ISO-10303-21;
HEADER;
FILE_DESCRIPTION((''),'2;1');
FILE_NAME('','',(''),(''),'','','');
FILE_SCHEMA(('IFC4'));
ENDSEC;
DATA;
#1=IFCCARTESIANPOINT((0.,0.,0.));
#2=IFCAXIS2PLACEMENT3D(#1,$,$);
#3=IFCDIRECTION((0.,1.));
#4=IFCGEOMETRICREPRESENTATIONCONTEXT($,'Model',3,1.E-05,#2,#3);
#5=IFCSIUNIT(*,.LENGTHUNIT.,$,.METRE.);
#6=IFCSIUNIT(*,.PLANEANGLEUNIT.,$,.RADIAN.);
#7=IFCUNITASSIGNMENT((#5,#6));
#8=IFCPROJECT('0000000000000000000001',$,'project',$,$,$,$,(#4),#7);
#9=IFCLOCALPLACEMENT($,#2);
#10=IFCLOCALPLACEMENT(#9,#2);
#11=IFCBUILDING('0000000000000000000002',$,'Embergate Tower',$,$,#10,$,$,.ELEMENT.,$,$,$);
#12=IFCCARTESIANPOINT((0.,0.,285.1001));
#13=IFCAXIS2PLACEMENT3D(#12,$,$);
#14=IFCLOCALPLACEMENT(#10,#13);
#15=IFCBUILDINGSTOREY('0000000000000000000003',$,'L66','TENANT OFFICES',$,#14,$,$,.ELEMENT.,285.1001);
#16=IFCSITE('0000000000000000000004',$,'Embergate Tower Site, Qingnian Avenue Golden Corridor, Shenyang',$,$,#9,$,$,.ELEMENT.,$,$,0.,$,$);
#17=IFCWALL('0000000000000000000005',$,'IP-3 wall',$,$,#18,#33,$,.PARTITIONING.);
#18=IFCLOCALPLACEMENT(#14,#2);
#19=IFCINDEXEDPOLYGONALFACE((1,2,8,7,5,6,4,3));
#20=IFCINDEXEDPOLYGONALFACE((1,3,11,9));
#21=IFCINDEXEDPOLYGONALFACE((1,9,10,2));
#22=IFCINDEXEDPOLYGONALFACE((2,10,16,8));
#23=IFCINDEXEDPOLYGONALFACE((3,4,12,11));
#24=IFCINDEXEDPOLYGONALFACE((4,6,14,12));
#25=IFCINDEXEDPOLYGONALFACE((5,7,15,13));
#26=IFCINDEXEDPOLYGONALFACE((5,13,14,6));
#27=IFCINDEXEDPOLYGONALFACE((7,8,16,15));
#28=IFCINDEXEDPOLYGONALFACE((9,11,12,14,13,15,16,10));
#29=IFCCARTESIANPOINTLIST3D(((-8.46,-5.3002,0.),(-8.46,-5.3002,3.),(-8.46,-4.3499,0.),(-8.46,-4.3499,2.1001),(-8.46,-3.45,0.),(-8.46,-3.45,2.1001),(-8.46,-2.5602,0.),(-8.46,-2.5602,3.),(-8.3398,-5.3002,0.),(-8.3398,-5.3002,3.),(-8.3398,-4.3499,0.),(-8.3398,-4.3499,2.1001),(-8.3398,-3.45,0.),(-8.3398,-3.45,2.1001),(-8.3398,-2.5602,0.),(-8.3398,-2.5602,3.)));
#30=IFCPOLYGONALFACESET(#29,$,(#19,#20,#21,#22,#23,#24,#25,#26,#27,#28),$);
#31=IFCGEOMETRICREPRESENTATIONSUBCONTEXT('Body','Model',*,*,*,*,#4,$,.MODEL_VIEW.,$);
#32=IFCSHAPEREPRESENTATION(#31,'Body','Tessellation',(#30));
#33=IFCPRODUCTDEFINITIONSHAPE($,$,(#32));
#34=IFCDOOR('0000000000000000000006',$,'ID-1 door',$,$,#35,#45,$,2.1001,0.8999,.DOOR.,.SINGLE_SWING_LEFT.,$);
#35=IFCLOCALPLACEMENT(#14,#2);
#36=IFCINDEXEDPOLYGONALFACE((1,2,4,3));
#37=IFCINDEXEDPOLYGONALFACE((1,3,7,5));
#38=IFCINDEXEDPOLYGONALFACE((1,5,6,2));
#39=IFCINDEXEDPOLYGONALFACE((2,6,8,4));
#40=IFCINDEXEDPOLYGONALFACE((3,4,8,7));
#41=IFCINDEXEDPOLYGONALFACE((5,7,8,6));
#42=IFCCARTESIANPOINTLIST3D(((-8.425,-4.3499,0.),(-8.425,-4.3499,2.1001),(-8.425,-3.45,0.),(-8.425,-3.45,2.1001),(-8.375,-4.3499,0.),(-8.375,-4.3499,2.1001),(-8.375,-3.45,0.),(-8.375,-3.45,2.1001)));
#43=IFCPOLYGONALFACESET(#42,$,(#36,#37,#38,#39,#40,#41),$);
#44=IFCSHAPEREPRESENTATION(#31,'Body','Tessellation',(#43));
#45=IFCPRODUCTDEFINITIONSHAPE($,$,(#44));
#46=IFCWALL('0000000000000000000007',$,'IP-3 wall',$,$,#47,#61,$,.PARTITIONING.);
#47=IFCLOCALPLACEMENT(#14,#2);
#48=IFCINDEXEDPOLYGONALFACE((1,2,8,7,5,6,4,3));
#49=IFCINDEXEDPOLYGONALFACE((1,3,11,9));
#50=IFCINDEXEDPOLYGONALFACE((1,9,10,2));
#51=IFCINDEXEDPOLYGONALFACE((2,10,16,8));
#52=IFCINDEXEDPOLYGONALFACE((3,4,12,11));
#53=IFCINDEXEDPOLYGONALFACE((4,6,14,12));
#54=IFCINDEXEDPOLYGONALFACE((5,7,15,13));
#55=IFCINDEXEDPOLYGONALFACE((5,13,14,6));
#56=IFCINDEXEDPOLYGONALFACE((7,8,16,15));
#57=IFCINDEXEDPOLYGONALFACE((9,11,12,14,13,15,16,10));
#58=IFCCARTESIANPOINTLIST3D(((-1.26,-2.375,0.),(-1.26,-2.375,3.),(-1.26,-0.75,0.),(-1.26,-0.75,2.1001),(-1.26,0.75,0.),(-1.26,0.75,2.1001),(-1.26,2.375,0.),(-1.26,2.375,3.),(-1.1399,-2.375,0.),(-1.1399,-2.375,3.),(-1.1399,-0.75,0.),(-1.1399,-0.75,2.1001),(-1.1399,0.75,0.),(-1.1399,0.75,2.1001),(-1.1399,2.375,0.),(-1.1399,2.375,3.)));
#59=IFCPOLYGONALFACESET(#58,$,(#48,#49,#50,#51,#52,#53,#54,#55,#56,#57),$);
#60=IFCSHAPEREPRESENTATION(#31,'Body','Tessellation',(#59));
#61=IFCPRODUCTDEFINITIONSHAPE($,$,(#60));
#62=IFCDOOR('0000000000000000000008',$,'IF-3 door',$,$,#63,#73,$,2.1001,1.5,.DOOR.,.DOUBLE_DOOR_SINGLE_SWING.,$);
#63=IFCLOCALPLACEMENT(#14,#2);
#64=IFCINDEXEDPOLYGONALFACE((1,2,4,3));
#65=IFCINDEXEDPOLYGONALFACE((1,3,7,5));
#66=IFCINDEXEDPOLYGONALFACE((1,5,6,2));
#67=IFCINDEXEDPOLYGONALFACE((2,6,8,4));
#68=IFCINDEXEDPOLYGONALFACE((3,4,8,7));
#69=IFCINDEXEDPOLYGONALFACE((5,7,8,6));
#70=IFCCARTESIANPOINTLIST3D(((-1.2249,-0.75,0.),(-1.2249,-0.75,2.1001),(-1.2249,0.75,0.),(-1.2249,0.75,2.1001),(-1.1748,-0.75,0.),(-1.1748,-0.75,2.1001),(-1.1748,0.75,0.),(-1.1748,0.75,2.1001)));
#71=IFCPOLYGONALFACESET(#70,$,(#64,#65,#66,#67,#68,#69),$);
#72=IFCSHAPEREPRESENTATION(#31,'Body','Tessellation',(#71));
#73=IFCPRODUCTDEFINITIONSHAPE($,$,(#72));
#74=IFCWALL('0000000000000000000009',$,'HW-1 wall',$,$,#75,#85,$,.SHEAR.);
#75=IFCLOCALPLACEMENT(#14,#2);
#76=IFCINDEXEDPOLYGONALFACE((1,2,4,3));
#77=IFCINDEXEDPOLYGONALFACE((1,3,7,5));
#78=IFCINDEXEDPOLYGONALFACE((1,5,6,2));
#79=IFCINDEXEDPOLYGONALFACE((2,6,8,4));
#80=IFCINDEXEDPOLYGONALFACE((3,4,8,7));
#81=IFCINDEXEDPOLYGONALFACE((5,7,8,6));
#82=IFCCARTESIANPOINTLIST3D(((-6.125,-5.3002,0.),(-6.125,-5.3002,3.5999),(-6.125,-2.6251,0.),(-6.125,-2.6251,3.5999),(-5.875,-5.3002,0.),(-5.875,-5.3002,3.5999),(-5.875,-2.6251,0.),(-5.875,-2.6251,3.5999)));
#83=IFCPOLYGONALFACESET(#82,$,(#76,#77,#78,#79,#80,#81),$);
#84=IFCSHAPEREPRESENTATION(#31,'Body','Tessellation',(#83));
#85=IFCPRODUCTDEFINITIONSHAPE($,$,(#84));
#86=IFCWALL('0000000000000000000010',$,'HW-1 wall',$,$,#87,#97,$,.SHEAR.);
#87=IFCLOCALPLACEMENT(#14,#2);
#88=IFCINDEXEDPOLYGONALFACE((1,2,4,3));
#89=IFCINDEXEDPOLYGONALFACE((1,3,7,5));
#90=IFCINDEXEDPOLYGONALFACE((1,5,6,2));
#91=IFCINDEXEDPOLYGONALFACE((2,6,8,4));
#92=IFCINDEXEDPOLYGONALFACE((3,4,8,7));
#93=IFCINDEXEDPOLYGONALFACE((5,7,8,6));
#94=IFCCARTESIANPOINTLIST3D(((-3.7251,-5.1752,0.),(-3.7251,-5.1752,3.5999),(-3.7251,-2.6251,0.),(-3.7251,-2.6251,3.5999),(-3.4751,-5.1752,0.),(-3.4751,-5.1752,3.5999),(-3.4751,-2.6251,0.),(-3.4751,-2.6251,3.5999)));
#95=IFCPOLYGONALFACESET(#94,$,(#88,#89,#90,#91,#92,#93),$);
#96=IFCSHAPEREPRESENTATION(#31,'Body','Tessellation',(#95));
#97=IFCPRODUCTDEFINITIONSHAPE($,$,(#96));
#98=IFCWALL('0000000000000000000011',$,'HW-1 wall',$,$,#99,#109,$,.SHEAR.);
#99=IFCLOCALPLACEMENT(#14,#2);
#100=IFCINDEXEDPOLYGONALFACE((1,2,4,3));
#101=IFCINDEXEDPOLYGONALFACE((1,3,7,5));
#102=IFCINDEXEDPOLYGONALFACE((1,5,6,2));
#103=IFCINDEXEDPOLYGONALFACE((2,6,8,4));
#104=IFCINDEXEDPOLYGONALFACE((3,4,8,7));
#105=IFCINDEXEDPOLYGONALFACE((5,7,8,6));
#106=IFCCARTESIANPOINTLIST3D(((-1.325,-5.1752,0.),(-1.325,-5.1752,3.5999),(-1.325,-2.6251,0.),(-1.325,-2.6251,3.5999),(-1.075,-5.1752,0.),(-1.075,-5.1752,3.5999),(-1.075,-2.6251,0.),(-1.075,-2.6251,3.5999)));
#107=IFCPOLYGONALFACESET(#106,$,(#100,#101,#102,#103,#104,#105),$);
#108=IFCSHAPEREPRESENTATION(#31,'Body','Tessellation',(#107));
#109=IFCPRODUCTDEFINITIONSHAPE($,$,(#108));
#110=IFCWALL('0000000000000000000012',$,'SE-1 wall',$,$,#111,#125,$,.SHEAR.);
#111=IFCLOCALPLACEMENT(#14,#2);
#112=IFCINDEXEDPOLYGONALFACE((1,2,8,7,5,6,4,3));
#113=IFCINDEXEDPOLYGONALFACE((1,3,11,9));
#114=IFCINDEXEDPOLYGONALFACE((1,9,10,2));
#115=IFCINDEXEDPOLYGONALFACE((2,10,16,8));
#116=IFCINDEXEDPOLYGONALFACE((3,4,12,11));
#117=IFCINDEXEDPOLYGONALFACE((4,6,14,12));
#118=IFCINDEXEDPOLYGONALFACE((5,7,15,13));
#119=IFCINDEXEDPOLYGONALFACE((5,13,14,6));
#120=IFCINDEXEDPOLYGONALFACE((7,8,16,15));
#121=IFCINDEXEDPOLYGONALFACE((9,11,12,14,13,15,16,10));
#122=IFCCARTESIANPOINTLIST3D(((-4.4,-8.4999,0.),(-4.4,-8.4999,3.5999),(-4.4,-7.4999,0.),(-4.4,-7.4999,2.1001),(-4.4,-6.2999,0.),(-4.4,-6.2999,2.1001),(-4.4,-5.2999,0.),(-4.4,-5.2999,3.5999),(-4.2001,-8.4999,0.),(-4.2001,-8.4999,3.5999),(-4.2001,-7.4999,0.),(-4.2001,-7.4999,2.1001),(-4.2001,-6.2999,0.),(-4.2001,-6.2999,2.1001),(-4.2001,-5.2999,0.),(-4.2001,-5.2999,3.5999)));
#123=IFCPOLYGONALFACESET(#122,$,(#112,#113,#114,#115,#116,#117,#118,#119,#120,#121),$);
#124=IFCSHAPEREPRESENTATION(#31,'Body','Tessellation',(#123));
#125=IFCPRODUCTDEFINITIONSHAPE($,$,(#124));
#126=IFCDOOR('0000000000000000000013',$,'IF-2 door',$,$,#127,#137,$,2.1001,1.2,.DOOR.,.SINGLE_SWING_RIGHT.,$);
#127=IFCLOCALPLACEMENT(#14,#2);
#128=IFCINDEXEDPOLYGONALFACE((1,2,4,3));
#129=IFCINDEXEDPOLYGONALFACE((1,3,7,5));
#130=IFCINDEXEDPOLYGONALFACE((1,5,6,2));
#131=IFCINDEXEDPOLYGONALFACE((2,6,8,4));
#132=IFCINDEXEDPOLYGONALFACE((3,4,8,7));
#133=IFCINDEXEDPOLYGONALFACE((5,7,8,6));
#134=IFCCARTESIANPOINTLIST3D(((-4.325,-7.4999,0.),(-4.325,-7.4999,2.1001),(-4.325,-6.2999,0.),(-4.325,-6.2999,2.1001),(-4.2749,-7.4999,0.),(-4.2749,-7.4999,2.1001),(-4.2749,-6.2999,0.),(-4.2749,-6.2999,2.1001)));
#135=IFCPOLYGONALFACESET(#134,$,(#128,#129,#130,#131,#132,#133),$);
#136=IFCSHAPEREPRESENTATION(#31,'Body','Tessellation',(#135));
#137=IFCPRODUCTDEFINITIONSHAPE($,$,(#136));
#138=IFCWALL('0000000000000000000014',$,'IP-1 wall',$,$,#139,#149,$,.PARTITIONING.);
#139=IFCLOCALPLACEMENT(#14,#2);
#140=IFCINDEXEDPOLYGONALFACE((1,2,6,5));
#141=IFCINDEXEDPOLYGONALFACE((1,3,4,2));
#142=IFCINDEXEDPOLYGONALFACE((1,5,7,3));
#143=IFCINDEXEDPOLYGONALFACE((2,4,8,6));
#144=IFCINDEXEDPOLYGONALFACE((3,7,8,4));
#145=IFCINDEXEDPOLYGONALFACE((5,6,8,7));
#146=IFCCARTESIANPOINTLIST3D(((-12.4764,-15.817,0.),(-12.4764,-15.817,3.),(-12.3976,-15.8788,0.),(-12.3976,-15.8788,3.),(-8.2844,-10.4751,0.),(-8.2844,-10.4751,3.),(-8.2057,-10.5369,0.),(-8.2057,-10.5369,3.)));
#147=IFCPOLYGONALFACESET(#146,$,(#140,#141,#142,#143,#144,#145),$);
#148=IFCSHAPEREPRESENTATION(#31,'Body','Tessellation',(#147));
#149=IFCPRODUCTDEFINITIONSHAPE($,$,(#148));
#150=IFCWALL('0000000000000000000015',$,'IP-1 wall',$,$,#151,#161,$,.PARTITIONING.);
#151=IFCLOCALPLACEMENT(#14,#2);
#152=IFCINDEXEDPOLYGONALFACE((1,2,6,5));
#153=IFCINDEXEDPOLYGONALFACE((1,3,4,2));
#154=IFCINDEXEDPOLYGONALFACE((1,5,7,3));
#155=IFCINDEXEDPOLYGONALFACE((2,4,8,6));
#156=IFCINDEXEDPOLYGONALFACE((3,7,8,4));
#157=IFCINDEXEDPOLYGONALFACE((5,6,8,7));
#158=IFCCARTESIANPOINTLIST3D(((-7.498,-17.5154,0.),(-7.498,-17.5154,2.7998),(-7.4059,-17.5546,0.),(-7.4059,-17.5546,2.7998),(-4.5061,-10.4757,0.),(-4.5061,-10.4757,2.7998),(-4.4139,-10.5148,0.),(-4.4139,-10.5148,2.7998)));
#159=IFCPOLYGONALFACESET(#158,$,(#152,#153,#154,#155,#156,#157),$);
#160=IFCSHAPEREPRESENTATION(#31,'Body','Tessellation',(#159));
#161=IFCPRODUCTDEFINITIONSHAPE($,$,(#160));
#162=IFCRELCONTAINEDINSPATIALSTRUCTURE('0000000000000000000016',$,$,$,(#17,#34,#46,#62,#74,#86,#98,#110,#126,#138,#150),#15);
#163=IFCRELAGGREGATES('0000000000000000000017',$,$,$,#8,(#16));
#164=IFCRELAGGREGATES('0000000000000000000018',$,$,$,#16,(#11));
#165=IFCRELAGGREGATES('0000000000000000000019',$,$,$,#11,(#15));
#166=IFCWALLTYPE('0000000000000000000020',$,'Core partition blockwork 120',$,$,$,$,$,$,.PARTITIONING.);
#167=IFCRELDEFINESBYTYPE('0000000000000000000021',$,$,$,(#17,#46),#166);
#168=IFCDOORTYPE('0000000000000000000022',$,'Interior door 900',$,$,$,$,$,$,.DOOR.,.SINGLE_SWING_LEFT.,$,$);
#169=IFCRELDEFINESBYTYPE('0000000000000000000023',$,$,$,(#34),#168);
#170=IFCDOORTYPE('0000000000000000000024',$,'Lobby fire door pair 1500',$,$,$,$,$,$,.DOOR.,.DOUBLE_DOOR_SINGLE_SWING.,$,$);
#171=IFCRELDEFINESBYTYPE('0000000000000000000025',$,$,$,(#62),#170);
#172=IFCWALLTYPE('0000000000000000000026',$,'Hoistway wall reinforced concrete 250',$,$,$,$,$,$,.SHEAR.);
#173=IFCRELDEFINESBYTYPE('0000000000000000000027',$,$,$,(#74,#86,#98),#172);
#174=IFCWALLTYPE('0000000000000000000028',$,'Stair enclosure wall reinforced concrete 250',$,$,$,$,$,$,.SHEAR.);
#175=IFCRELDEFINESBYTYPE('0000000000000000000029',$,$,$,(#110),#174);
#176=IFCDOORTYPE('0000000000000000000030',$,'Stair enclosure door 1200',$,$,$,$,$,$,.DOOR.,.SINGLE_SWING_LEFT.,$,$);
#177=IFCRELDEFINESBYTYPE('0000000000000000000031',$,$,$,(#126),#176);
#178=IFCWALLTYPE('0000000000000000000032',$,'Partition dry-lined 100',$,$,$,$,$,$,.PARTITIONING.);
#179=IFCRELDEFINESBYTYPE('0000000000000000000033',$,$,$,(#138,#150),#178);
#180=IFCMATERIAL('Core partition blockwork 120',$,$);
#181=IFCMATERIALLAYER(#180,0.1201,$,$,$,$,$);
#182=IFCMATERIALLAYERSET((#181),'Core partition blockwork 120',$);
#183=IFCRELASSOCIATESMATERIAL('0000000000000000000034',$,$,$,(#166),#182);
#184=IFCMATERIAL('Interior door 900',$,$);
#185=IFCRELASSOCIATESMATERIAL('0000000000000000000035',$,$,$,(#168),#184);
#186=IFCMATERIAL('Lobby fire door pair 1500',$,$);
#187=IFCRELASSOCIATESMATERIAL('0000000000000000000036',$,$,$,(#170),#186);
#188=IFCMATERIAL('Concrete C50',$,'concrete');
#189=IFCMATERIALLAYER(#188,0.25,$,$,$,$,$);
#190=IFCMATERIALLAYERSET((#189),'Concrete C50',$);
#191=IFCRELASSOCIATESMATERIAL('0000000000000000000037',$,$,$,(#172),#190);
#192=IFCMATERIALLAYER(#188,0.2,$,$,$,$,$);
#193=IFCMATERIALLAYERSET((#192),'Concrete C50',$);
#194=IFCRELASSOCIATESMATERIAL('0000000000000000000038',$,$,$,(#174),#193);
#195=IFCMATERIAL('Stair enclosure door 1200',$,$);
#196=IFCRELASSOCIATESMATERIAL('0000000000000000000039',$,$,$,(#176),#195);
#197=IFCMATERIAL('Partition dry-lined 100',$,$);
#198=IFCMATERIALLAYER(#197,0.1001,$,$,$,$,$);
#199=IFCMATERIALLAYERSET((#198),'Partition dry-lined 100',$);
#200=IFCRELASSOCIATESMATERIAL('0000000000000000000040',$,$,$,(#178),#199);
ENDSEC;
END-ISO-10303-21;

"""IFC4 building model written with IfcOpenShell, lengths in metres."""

from ifc_helpers import new_model, si_unit, direction, frame, frame_2d, origin, place, context, subcontext, project, spatial, rectangle, extrude, source, transform, mapped, material, layer, layer_set, type_object, element, fill, save


model = new_model("IFC4")

# Units and contexts
model_context = context("Model", 3, precision=1e-05, world=origin(), true_north=direction((0.0, 1.0)))
body_context = subcontext(model_context, "Body", "Model", "MODEL_VIEW")
ifc_project = project(units=[si_unit("LENGTHUNIT", "METRE"), si_unit("PLANEANGLEUNIT", "RADIAN")], contexts=[model_context])

# Site, building, storey
site_placement = place(None, origin())
site = spatial("IfcSite", under=ifc_project, at=site_placement, Name="Embergate Tower Site, Qingnian Avenue Golden Corridor, Shenyang", CompositionType="ELEMENT", RefElevation=0.0)
building_placement = place(site_placement, origin())
building = spatial("IfcBuilding", under=site, at=building_placement, Name="Embergate Tower", CompositionType="ELEMENT")
storey_placement = place(building_placement, frame((0.0, 0.0, 285.1001)))
storey = spatial("IfcBuildingStorey", under=building, at=storey_placement, Name="L66", Description="TENANT OFFICES", CompositionType="ELEMENT", Elevation=285.1001)

# Walls, openings, doors
ifc_material_1 = material(Name="Core partition blockwork 120")
ifc_layer_1 = layer(ifc_material_1, 0.1201)
ifc_layer_set_1 = layer_set([ifc_layer_1], Name="Core partition blockwork 120")
wall_type_1 = type_object("IfcWallType", Name="Core partition blockwork 120", PredefinedType="PARTITIONING", material=ifc_layer_set_1)
shared_shape_1 = source(origin(), body_context, "Body", "SweptSolid", [
    extrude(rectangle(XDim=2.74, YDim=0.1201, at=frame_2d((1.3701, 0.0))), origin(), (0.0, 0.0, 1.0), 3.0),
])
wall_1_placement = place(storey_placement, frame((-8.3999, -2.5601, 0.0), z_axis=(0.0, 0.0, 1.0), x_axis=(0.0, -1.0, 0.0)))
wall_1 = element("IfcWall", 1, at=wall_1_placement, inside=storey, type_object=wall_type_1, Name="IP-3 wall", PredefinedType="PARTITIONING", context=body_context, shape_type="MappedRepresentation", body=[
    mapped(shared_shape_1, transform((0.0, 0.0, 0.0))),
])
shared_shape_2 = source(origin(), body_context, "Body", "SweptSolid", [
    extrude(rectangle(XDim=0.8999, YDim=2.1001, at=frame_2d((0.45, 1.05))), frame((0.0, 0.0701, 0.0), z_axis=(0.0, -1.0, 0.0), x_axis=(1.0, 0.0, 0.0)), (0.0, 0.0, 1.0), 0.1401),
])
opening_1_placement = place(wall_1_placement, frame((0.8899, 0.0, 0.0)))
opening_1 = element("IfcOpeningElement", 2, at=opening_1_placement, cuts=wall_1, PredefinedType="OPENING", context=body_context, shape_type="MappedRepresentation", body=[
    mapped(shared_shape_2, transform((0.0, 0.0, 0.0))),
])
ifc_material_2 = material(Name="Interior door 900")
door_type_1 = type_object("IfcDoorType", Name="Interior door 900", OperationType="SINGLE_SWING_LEFT", PredefinedType="DOOR", material=ifc_material_2)
shared_shape_3 = source(origin(), body_context, "Body", "SweptSolid", [
    extrude(rectangle(XDim=0.8999, YDim=2.1001, at=frame_2d((0.45, 1.05))), frame((0.0, 0.0249, 0.0), z_axis=(0.0, -1.0, 0.0), x_axis=(1.0, 0.0, 0.0)), (0.0, 0.0, 1.0), 0.05),
])
door_1_placement = place(opening_1_placement, origin())
door_1 = element("IfcDoor", 3, at=door_1_placement, inside=storey, type_object=door_type_1, Name="ID-1 door", OperationType="SINGLE_SWING_LEFT", OverallHeight=2.1001, OverallWidth=0.8999, PredefinedType="DOOR", context=body_context, shape_type="MappedRepresentation", body=[
    mapped(shared_shape_3, transform((0.0, 0.0, 0.0))),
])
fill(opening_1, door_1)
shared_shape_4 = source(origin(), body_context, "Body", "SweptSolid", [
    extrude(rectangle(XDim=4.75, YDim=0.1201, at=frame_2d((2.375, 0.0))), origin(), (0.0, 0.0, 1.0), 3.0),
])
wall_2_placement = place(storey_placement, frame((-1.2, -2.375, 0.0), z_axis=(0.0, 0.0, 1.0), x_axis=(0.0, 1.0, 0.0)))
wall_2 = element("IfcWall", 4, at=wall_2_placement, inside=storey, type_object=wall_type_1, Name="IP-3 wall", PredefinedType="PARTITIONING", context=body_context, shape_type="MappedRepresentation", body=[
    mapped(shared_shape_4, transform((0.0, 0.0, 0.0))),
])
shared_shape_5 = source(origin(), body_context, "Body", "SweptSolid", [
    extrude(rectangle(XDim=1.5, YDim=2.1001, at=frame_2d((0.75, 1.05))), frame((0.0, 0.0701, 0.0), z_axis=(0.0, -1.0, 0.0), x_axis=(1.0, 0.0, 0.0)), (0.0, 0.0, 1.0), 0.1401),
])
opening_2_placement = place(wall_2_placement, frame((1.625, 0.0, 0.0)))
opening_2 = element("IfcOpeningElement", 5, at=opening_2_placement, cuts=wall_2, PredefinedType="OPENING", context=body_context, shape_type="MappedRepresentation", body=[
    mapped(shared_shape_5, transform((0.0, 0.0, 0.0))),
])
ifc_material_3 = material(Name="Lobby fire door pair 1500")
door_type_2 = type_object("IfcDoorType", Name="Lobby fire door pair 1500", OperationType="DOUBLE_DOOR_SINGLE_SWING", PredefinedType="DOOR", material=ifc_material_3)
shared_shape_6 = source(origin(), body_context, "Body", "SweptSolid", [
    extrude(rectangle(XDim=1.5, YDim=2.1001, at=frame_2d((0.75, 1.05))), frame((0.0, 0.0249, 0.0), z_axis=(0.0, -1.0, 0.0), x_axis=(1.0, 0.0, 0.0)), (0.0, 0.0, 1.0), 0.05),
])
door_2_placement = place(opening_2_placement, origin())
door_2 = element("IfcDoor", 6, at=door_2_placement, inside=storey, type_object=door_type_2, Name="IF-3 door", OperationType="DOUBLE_DOOR_SINGLE_SWING", OverallHeight=2.1001, OverallWidth=1.5, PredefinedType="DOOR", context=body_context, shape_type="MappedRepresentation", body=[
    mapped(shared_shape_6, transform((0.0, 0.0, 0.0))),
])
fill(opening_2, door_2)

# Walls
ifc_material_4 = material(Name="Concrete C50", Category="concrete")
ifc_layer_2 = layer(ifc_material_4, 0.25)
ifc_layer_set_2 = layer_set([ifc_layer_2], Name="Concrete C50")
wall_type_2 = type_object("IfcWallType", Name="Hoistway wall reinforced concrete 250", PredefinedType="SHEAR", material=ifc_layer_set_2)
shared_shape_7 = source(origin(), body_context, "Body", "SweptSolid", [
    extrude(rectangle(XDim=2.675, YDim=0.25, at=frame_2d((1.3374, 0.0))), origin(), (0.0, 0.0, 1.0), 3.5999),
])
wall_3_placement = place(storey_placement, frame((-6.0, -5.3, 0.0), z_axis=(0.0, 0.0, 1.0), x_axis=(0.0, 1.0, 0.0)))
element("IfcWall", 7, at=wall_3_placement, inside=storey, type_object=wall_type_2, Name="HW-1 wall", PredefinedType="SHEAR", context=body_context, shape_type="MappedRepresentation", body=[
    mapped(shared_shape_7, transform((0.0, 0.0, 0.0))),
])
shared_shape_8 = source(origin(), body_context, "Body", "SweptSolid", [
    extrude(rectangle(XDim=2.55, YDim=0.25, at=frame_2d((1.2749, 0.0))), origin(), (0.0, 0.0, 1.0), 3.5999),
])
for number, where, z_axis, x_axis, name in (
    (8, (-3.6001, -5.175, 0.0), (0.0, 0.0, 1.0), (0.0, 1.0, 0.0), "HW-1 wall"),
    (9, (-1.2, -5.175, 0.0), (0.0, 0.0, 1.0), (0.0, 1.0, 0.0), "HW-1 wall"),
):
    element("IfcWall", number, at=place(storey_placement, frame(where, z_axis=z_axis, x_axis=x_axis)), inside=storey, type_object=wall_type_2, Name=name, PredefinedType="SHEAR", context=body_context, shape_type="MappedRepresentation", body=[
        mapped(shared_shape_8, transform((0.0, 0.0, 0.0))),
    ])

# Wall, opening, door
ifc_layer_3 = layer(ifc_material_4, 0.2)
ifc_layer_set_3 = layer_set([ifc_layer_3], Name="Concrete C50")
wall_type_3 = type_object("IfcWallType", Name="Stair enclosure wall reinforced concrete 250", PredefinedType="SHEAR", material=ifc_layer_set_3)
shared_shape_9 = source(origin(), body_context, "Body", "SweptSolid", [
    extrude(rectangle(XDim=3.2, YDim=0.2, at=frame_2d((1.6001, 0.0))), origin(), (0.0, 0.0, 1.0), 3.5999),
])
wall_4_placement = place(storey_placement, frame((-4.3, -8.5, 0.0), z_axis=(0.0, 0.0, 1.0), x_axis=(0.0, 1.0, 0.0)))
wall_4 = element("IfcWall", 10, at=wall_4_placement, inside=storey, type_object=wall_type_3, Name="SE-1 wall", PredefinedType="SHEAR", context=body_context, shape_type="MappedRepresentation", body=[
    mapped(shared_shape_9, transform((0.0, 0.0, 0.0))),
])
shared_shape_10 = source(origin(), body_context, "Body", "SweptSolid", [
    extrude(rectangle(XDim=1.2, YDim=2.1001, at=frame_2d((0.6001, 1.05))), frame((0.0, 0.1099, 0.0), z_axis=(0.0, -1.0, 0.0), x_axis=(1.0, 0.0, 0.0)), (0.0, 0.0, 1.0), 0.22),
])
opening_3_placement = place(wall_4_placement, frame((1.0, 0.0, 0.0)))
opening_3 = element("IfcOpeningElement", 11, at=opening_3_placement, cuts=wall_4, PredefinedType="OPENING", context=body_context, shape_type="MappedRepresentation", body=[
    mapped(shared_shape_10, transform((0.0, 0.0, 0.0))),
])
ifc_material_5 = material(Name="Stair enclosure door 1200")
door_type_3 = type_object("IfcDoorType", Name="Stair enclosure door 1200", OperationType="SINGLE_SWING_LEFT", PredefinedType="DOOR", material=ifc_material_5)
shared_shape_11 = source(origin(), body_context, "Body", "SweptSolid", [
    extrude(rectangle(XDim=1.2, YDim=2.1001, at=frame_2d((0.6001, 1.05))), frame((0.0, 0.0249, 0.0), z_axis=(0.0, -1.0, 0.0), x_axis=(1.0, 0.0, 0.0)), (0.0, 0.0, 1.0), 0.05),
])
door_3_placement = place(opening_3_placement, origin())
door_3 = element("IfcDoor", 12, at=door_3_placement, inside=storey, type_object=door_type_3, Name="IF-2 door", OperationType="SINGLE_SWING_RIGHT", OverallHeight=2.1001, OverallWidth=1.2, PredefinedType="DOOR", context=body_context, shape_type="MappedRepresentation", body=[
    mapped(shared_shape_11, transform((0.0, 0.0, 0.0))),
])
fill(opening_3, door_3)

# Walls
ifc_material_6 = material(Name="Partition dry-lined 100")
ifc_layer_4 = layer(ifc_material_6, 0.1001)
ifc_layer_set_4 = layer_set([ifc_layer_4], Name="Partition dry-lined 100")
wall_type_4 = type_object("IfcWallType", Name="Partition dry-lined 100", PredefinedType="PARTITIONING", material=ifc_layer_set_4)
shared_shape_12 = source(origin(), body_context, "Body", "SweptSolid", [
    extrude(rectangle(XDim=6.7903, YDim=0.1001, at=frame_2d((3.395, 0.0))), origin(), (0.0, 0.0, 1.0), 3.0),
])
wall_5_placement = place(storey_placement, frame((-8.2451, -10.5061, 0.0), z_axis=(0.0, 0.0, 1.0), x_axis=(-0.617345, -0.786692, 0.0)))
element("IfcWall", 13, at=wall_5_placement, inside=storey, type_object=wall_type_4, Name="IP-1 wall", PredefinedType="PARTITIONING", context=body_context, shape_type="MappedRepresentation", body=[
    mapped(shared_shape_12, transform((0.0, 0.0, 0.0))),
])
shared_shape_13 = source(origin(), body_context, "Body", "SweptSolid", [
    extrude(rectangle(XDim=7.6492, YDim=0.1001, at=frame_2d((3.8247, 0.0))), origin(), (0.0, 0.0, 1.0), 2.7998),
])
wall_6_placement = place(storey_placement, frame((-4.46, -10.4951, 0.0), z_axis=(0.0, 0.0, 1.0), x_axis=(-0.391144, -0.920329, 0.0)))
element("IfcWall", 14, at=wall_6_placement, inside=storey, type_object=wall_type_4, Name="IP-1 wall", PredefinedType="PARTITIONING", context=body_context, shape_type="MappedRepresentation", body=[
    mapped(shared_shape_13, transform((0.0, 0.0, 0.0))),
])

save(model, "model.ifc")
